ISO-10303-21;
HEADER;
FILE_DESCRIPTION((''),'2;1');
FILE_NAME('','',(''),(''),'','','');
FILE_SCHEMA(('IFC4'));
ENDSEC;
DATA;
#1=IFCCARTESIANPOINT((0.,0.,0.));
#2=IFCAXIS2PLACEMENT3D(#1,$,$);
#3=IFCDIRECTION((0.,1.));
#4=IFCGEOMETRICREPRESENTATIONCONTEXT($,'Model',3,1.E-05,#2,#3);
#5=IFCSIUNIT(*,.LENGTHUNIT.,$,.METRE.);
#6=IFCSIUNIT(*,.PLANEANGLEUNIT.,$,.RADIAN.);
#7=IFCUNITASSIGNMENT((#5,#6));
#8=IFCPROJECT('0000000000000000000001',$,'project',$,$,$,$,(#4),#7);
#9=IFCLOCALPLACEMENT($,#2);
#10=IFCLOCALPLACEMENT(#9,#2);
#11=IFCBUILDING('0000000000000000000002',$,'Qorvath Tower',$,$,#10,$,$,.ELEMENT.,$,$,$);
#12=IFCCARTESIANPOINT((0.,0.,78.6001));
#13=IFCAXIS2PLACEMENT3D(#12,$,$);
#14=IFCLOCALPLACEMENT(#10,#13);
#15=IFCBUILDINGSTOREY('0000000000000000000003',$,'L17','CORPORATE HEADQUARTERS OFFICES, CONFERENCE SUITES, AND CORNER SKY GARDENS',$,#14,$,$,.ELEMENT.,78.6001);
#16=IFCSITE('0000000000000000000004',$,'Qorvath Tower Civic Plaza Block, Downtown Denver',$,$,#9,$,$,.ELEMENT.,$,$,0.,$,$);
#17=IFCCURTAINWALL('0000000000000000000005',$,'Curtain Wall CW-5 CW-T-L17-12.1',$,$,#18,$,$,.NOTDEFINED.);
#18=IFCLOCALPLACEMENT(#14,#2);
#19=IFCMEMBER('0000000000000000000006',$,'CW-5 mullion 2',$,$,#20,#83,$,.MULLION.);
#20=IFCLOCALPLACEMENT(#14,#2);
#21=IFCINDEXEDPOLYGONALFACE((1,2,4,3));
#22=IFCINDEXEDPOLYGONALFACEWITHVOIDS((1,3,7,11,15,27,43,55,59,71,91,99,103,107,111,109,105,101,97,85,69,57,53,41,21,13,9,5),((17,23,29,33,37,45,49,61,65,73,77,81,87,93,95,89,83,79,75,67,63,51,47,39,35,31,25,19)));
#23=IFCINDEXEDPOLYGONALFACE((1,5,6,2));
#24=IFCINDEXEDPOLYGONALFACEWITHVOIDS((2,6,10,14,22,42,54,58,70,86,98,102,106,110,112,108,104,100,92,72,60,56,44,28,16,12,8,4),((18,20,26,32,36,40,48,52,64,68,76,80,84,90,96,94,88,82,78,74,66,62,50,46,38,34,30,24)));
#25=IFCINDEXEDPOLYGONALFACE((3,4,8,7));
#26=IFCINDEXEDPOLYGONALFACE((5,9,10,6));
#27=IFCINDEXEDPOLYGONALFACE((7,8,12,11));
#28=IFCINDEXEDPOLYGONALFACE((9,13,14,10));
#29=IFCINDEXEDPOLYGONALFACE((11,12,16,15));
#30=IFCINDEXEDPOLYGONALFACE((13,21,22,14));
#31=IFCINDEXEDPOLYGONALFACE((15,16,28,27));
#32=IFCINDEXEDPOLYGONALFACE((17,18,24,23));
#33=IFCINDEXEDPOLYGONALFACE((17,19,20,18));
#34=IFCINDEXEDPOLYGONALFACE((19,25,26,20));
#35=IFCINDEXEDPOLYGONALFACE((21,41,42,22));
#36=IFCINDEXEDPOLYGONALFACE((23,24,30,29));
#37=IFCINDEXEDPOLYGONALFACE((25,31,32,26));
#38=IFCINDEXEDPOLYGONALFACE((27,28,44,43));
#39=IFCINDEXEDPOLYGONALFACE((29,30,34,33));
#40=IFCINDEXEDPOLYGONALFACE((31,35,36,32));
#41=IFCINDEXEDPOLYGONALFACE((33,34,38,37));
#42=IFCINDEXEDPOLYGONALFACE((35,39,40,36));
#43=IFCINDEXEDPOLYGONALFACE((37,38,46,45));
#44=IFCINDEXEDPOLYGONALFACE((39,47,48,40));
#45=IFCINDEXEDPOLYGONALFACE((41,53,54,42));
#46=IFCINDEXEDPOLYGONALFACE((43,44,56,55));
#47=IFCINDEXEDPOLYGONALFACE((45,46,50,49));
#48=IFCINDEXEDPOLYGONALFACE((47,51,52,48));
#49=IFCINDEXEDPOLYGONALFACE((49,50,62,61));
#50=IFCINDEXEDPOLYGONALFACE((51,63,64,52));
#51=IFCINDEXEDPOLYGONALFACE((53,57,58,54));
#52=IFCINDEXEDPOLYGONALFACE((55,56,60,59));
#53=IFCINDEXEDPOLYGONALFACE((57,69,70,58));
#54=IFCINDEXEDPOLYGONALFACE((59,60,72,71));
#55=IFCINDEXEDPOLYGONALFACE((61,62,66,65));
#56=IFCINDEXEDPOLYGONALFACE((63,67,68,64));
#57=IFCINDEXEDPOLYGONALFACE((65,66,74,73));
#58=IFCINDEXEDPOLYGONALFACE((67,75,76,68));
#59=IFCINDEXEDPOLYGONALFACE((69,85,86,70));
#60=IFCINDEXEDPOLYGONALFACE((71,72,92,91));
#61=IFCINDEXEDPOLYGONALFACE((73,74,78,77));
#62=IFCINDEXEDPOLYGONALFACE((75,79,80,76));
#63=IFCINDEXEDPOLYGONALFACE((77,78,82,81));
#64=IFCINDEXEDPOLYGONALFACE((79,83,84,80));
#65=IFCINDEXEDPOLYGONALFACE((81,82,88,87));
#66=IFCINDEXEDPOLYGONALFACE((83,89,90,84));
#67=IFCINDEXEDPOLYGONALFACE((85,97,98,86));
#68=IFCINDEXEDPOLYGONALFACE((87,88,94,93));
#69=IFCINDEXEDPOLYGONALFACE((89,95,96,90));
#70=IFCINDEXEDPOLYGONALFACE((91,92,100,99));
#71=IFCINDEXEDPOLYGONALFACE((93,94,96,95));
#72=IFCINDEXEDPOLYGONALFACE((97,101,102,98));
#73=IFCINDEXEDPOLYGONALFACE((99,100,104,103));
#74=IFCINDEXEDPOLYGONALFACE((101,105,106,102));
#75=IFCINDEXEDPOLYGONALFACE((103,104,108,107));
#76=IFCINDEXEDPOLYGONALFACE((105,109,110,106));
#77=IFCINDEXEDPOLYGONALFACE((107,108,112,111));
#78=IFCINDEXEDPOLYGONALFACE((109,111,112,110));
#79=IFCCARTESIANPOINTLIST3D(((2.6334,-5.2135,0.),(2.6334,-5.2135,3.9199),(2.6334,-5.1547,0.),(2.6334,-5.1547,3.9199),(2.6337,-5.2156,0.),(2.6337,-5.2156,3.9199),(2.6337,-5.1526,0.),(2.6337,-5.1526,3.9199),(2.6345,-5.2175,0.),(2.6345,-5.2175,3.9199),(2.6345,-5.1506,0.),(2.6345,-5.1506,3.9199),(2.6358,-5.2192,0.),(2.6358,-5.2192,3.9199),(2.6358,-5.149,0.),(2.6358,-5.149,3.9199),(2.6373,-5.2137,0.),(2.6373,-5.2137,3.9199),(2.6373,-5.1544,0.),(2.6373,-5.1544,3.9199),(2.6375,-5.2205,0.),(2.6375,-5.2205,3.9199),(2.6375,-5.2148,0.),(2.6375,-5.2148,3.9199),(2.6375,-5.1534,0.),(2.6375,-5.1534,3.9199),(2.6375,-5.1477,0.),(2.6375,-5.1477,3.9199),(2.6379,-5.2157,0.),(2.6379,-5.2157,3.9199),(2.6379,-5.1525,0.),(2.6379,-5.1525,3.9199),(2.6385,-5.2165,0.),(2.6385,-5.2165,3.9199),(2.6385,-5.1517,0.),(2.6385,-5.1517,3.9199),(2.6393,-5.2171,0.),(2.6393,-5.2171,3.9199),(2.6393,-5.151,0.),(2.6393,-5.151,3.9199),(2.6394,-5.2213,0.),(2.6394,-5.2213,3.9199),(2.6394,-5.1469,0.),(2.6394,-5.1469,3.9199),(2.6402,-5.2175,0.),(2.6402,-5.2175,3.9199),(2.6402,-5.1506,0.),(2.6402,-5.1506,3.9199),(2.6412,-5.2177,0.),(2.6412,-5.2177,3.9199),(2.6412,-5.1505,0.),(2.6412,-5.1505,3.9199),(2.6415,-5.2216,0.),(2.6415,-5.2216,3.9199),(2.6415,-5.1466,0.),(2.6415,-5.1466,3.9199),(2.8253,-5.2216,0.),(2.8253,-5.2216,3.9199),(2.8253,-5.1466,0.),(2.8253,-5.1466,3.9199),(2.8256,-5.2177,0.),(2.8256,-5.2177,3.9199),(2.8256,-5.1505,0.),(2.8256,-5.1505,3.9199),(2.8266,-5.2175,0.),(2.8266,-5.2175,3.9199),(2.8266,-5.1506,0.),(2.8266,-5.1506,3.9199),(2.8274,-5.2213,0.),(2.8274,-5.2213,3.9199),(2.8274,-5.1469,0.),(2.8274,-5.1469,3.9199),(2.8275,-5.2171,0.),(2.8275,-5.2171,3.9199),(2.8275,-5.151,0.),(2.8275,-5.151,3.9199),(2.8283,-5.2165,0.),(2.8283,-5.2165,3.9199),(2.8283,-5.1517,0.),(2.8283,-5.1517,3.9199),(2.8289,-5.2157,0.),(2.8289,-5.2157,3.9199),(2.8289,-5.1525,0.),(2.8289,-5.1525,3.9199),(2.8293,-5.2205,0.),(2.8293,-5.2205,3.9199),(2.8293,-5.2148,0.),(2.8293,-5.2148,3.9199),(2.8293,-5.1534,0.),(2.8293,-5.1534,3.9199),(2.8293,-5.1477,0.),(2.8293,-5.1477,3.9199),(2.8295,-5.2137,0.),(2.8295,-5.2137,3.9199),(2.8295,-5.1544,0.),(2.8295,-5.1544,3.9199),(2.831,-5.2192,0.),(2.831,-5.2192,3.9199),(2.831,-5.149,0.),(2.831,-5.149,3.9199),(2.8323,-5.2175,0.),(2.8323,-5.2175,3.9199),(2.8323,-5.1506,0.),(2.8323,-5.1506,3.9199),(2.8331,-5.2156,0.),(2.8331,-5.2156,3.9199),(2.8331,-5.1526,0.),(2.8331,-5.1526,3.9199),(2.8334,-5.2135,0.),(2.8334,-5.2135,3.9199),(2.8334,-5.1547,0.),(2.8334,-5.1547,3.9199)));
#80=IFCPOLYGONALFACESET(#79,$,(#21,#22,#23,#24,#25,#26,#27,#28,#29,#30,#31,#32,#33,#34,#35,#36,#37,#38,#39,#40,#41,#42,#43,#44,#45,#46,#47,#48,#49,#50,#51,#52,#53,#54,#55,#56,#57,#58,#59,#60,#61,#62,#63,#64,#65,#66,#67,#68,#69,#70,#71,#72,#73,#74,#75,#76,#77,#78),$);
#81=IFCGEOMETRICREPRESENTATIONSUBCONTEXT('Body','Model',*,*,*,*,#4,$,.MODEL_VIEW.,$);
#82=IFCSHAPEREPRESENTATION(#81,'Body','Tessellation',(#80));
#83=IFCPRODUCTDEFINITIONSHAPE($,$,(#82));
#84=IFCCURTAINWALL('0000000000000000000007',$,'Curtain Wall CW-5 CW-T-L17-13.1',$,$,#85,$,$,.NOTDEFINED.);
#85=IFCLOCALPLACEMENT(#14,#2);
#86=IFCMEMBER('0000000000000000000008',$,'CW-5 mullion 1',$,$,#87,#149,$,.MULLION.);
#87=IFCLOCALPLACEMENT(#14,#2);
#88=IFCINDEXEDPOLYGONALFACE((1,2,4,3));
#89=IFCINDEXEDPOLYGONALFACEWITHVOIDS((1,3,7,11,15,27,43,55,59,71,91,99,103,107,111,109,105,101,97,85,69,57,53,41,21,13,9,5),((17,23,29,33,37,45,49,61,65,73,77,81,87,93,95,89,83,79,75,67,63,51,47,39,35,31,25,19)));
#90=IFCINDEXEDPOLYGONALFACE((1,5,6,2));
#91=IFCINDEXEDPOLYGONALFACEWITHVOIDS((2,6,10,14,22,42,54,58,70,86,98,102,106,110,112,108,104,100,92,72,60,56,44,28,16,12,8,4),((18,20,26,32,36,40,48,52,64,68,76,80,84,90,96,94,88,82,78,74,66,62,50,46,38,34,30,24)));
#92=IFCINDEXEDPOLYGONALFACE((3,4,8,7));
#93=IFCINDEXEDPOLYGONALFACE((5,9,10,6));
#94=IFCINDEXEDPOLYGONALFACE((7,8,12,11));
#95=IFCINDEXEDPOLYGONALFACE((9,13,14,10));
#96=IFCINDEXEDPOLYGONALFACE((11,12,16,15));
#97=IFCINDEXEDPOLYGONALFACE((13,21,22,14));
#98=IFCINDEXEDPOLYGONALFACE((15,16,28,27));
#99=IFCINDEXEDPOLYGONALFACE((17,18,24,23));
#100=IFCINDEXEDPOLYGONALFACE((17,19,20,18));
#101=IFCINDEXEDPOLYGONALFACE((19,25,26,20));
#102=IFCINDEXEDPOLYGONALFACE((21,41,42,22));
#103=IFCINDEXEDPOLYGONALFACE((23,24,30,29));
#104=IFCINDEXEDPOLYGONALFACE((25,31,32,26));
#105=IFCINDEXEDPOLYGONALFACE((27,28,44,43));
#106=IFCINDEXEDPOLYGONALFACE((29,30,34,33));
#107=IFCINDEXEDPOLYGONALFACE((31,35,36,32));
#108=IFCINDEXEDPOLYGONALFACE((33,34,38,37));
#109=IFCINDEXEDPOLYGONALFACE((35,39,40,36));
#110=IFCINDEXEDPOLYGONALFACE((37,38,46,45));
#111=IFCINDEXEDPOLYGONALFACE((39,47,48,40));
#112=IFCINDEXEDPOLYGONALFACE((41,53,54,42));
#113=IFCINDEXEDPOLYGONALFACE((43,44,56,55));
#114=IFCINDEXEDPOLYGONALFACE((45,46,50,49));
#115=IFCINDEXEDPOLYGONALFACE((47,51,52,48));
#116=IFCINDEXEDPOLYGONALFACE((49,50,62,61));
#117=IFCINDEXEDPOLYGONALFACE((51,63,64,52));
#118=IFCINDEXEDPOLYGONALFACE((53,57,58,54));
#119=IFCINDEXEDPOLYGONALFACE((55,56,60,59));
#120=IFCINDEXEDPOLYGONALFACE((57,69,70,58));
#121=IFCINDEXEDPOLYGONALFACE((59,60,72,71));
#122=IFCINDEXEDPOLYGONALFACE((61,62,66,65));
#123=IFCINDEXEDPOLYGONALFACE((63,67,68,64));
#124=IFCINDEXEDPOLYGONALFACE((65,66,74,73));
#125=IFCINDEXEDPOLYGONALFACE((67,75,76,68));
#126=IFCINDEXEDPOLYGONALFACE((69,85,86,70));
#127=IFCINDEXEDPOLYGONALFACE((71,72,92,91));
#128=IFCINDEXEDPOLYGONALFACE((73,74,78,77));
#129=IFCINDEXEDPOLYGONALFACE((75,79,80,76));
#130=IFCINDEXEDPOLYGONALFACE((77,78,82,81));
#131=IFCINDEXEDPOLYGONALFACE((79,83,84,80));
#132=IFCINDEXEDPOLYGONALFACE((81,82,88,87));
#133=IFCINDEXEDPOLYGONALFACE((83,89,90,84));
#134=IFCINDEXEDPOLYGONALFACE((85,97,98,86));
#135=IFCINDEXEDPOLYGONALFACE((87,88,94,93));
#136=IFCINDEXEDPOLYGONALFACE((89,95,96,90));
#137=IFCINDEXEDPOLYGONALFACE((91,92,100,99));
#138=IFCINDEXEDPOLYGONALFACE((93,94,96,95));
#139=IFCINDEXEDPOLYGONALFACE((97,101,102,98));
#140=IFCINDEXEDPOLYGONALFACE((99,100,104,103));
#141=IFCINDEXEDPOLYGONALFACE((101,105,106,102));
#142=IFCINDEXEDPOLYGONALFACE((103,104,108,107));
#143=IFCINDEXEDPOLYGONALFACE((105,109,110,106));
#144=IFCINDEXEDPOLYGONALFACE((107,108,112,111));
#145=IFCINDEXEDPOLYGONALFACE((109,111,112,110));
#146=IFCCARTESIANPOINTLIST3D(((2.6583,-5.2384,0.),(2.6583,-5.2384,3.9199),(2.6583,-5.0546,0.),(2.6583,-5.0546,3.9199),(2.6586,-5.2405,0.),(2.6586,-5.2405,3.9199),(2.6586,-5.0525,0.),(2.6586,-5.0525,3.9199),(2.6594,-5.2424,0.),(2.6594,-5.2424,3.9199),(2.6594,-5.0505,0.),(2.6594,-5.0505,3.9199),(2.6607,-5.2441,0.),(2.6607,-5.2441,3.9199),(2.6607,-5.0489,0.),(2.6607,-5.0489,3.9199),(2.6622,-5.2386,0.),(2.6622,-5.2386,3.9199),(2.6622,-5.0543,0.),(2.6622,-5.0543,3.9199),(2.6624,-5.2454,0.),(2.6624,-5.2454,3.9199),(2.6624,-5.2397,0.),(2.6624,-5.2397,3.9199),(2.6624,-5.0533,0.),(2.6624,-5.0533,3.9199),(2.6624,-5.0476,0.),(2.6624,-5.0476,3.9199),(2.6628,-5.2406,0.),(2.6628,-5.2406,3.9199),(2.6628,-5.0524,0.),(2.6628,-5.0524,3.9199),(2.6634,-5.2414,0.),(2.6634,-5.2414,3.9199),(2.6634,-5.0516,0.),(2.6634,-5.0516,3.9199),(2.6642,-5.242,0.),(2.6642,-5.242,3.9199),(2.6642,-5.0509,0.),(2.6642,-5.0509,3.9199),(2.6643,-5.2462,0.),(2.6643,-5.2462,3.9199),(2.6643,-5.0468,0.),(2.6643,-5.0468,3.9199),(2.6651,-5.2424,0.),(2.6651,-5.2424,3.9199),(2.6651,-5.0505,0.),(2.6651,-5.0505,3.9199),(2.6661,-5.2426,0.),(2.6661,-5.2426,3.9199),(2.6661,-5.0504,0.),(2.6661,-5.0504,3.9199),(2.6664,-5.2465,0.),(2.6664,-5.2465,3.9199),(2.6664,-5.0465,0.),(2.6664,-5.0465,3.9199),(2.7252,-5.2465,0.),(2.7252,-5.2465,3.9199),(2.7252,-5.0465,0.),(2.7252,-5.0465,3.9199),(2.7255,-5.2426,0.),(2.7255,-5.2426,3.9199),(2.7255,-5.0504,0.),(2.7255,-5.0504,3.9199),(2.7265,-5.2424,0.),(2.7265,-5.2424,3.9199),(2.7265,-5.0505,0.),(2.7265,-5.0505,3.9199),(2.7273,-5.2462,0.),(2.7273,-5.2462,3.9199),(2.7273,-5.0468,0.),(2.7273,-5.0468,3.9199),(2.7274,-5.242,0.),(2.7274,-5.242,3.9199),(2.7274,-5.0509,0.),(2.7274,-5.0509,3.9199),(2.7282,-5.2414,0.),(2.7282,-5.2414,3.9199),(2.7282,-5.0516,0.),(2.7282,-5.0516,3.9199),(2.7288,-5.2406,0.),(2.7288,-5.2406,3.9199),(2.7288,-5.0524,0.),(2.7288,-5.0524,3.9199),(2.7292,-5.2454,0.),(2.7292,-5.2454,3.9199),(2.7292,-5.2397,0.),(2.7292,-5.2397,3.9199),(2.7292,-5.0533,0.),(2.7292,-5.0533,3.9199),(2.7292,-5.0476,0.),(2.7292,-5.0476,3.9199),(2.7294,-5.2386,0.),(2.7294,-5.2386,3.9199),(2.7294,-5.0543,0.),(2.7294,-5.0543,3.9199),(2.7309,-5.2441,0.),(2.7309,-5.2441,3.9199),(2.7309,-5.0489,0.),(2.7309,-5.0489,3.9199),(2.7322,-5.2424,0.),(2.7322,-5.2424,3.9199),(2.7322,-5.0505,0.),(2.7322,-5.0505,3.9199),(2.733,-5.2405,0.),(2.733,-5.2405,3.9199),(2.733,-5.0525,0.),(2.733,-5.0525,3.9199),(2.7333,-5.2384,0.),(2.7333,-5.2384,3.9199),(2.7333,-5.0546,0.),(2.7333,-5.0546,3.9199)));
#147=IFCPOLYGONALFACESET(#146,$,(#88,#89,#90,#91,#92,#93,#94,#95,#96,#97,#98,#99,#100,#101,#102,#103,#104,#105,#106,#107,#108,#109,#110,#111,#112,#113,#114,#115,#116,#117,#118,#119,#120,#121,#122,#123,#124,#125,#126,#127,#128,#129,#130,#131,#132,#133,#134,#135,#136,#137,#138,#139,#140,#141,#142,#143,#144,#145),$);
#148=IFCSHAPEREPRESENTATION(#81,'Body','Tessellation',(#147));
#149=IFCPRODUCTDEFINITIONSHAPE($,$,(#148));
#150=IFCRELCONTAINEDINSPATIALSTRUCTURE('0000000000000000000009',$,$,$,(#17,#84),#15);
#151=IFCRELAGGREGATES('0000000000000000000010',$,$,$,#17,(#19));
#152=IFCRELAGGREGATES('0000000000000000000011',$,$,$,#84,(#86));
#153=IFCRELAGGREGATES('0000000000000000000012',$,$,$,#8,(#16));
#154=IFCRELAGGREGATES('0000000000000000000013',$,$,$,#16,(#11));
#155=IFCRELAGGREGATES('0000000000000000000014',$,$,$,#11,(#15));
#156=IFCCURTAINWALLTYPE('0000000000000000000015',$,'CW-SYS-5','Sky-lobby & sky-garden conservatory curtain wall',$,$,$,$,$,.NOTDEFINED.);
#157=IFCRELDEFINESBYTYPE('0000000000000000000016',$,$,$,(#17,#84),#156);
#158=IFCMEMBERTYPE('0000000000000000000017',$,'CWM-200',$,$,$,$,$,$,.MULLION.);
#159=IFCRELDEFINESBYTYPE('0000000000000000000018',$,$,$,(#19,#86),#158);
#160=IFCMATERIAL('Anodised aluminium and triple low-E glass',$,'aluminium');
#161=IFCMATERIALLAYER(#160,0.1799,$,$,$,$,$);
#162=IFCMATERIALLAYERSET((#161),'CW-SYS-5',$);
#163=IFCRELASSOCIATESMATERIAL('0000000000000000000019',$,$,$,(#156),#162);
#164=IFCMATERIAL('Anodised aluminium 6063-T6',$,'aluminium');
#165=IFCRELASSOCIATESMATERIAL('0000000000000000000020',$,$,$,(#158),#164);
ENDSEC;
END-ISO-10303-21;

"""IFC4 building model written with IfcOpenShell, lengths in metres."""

from ifc_helpers import new_model, si_unit, direction, frame, origin, origin_2d, place, context, subcontext, project, spatial, hollow_rectangle, extrude, material, layer, layer_set, material_profile, profile_set, type_object, element, aggregate, save


model = new_model("IFC4")

# Units and contexts
model_context = context("Model", 3, precision=1e-05, world=origin(), true_north=direction((0.0, 1.0)))
body_context = subcontext(model_context, "Body", "Model", "MODEL_VIEW")
ifc_project = project(units=[si_unit("LENGTHUNIT", "METRE"), si_unit("PLANEANGLEUNIT", "RADIAN")], contexts=[model_context])

# Site, building, storey
site_placement = place(None, origin())
site = spatial("IfcSite", under=ifc_project, at=site_placement, Name="Qorvath Tower Civic Plaza Block, Downtown Denver", CompositionType="ELEMENT", RefElevation=0.0)
building_placement = place(site_placement, origin())
building = spatial("IfcBuilding", under=site, at=building_placement, Name="Qorvath Tower", CompositionType="ELEMENT")
storey_placement = place(building_placement, frame((0.0, 0.0, 78.6001)))
storey = spatial("IfcBuildingStorey", under=building, at=storey_placement, Name="L17", Description="CORPORATE HEADQUARTERS OFFICES, CONFERENCE SUITES, AND CORNER SKY GARDENS", CompositionType="ELEMENT", Elevation=78.6001)

# Shared definitions
ifc_material_1 = material(Name="Anodised aluminium and triple low-E glass", Category="aluminium")
ifc_layer_1 = layer(ifc_material_1, 0.1799)
ifc_layer_set_1 = layer_set([ifc_layer_1], Name="CW-SYS-5")
curtain_wall_type = type_object("IfcCurtainWallType", Name="CW-SYS-5", Description="Sky-lobby & sky-garden conservatory curtain wall", PredefinedType="NOTDEFINED", material=ifc_layer_set_1)
ifc_material_2 = material(Name="Anodised aluminium 6063-T6", Category="aluminium")
ifc_material_profile_1 = material_profile(ifc_material_2, hollow_rectangle(XDim=0.075, YDim=0.2, WallThickness=0.0039, InnerFilletRadius=0.0039, OuterFilletRadius=0.0081, at=origin_2d()), Name="CWM 200x75")
ifc_profile_set_1 = profile_set([ifc_material_profile_1], Name="Anodised aluminium 6063-T6")
member_type_1 = type_object("IfcMemberType", Name="CWM-200", PredefinedType="MULLION", material=ifc_profile_set_1)

# Curtain wall, member
curtain_wall_1_placement = place(storey_placement, origin())
curtain_wall_1 = element("IfcCurtainWall", 1, at=curtain_wall_1_placement, inside=storey, type_object=curtain_wall_type, Name="Curtain Wall CW-5 CW-T-L17-12.1", PredefinedType="NOTDEFINED")
member_1_placement = place(storey_placement, frame((2.7334, -5.1841, 0.0), z_axis=(0.0, 0.0, 1.0), x_axis=(0.0, -1.0, 0.0)))
member_1 = element("IfcMember", 2, at=member_1_placement, type_object=member_type_1, Name="CW-5 mullion 2", PredefinedType="MULLION", context=body_context, shape_type="SweptSolid", body=[
    extrude(hollow_rectangle(XDim=0.075, YDim=0.2, WallThickness=0.0039, InnerFilletRadius=0.0039, OuterFilletRadius=0.0081, at=origin_2d()), origin(), (0.0, 0.0, 1.0), 3.9199),
])

# Curtain wall, member
curtain_wall_2_placement = place(storey_placement, origin())
curtain_wall_2 = element("IfcCurtainWall", 3, at=curtain_wall_2_placement, inside=storey, type_object=curtain_wall_type, Name="Curtain Wall CW-5 CW-T-L17-13.1", PredefinedType="NOTDEFINED")
member_2_placement = place(storey_placement, frame((2.6958, -5.1465, 0.0), z_axis=(0.0, 0.0, 1.0), x_axis=(-1.0, 0.0, 0.0)))
member_2 = element("IfcMember", 4, at=member_2_placement, type_object=member_type_1, Name="CW-5 mullion 1", PredefinedType="MULLION", context=body_context, shape_type="SweptSolid", body=[
    extrude(hollow_rectangle(XDim=0.075, YDim=0.2, WallThickness=0.0039, InnerFilletRadius=0.0039, OuterFilletRadius=0.0081, at=origin_2d()), origin(), (0.0, 0.0, 1.0), 3.9199),
])

aggregate(curtain_wall_1, [member_1])
aggregate(curtain_wall_2, [member_2])

save(model, "model.ifc")
